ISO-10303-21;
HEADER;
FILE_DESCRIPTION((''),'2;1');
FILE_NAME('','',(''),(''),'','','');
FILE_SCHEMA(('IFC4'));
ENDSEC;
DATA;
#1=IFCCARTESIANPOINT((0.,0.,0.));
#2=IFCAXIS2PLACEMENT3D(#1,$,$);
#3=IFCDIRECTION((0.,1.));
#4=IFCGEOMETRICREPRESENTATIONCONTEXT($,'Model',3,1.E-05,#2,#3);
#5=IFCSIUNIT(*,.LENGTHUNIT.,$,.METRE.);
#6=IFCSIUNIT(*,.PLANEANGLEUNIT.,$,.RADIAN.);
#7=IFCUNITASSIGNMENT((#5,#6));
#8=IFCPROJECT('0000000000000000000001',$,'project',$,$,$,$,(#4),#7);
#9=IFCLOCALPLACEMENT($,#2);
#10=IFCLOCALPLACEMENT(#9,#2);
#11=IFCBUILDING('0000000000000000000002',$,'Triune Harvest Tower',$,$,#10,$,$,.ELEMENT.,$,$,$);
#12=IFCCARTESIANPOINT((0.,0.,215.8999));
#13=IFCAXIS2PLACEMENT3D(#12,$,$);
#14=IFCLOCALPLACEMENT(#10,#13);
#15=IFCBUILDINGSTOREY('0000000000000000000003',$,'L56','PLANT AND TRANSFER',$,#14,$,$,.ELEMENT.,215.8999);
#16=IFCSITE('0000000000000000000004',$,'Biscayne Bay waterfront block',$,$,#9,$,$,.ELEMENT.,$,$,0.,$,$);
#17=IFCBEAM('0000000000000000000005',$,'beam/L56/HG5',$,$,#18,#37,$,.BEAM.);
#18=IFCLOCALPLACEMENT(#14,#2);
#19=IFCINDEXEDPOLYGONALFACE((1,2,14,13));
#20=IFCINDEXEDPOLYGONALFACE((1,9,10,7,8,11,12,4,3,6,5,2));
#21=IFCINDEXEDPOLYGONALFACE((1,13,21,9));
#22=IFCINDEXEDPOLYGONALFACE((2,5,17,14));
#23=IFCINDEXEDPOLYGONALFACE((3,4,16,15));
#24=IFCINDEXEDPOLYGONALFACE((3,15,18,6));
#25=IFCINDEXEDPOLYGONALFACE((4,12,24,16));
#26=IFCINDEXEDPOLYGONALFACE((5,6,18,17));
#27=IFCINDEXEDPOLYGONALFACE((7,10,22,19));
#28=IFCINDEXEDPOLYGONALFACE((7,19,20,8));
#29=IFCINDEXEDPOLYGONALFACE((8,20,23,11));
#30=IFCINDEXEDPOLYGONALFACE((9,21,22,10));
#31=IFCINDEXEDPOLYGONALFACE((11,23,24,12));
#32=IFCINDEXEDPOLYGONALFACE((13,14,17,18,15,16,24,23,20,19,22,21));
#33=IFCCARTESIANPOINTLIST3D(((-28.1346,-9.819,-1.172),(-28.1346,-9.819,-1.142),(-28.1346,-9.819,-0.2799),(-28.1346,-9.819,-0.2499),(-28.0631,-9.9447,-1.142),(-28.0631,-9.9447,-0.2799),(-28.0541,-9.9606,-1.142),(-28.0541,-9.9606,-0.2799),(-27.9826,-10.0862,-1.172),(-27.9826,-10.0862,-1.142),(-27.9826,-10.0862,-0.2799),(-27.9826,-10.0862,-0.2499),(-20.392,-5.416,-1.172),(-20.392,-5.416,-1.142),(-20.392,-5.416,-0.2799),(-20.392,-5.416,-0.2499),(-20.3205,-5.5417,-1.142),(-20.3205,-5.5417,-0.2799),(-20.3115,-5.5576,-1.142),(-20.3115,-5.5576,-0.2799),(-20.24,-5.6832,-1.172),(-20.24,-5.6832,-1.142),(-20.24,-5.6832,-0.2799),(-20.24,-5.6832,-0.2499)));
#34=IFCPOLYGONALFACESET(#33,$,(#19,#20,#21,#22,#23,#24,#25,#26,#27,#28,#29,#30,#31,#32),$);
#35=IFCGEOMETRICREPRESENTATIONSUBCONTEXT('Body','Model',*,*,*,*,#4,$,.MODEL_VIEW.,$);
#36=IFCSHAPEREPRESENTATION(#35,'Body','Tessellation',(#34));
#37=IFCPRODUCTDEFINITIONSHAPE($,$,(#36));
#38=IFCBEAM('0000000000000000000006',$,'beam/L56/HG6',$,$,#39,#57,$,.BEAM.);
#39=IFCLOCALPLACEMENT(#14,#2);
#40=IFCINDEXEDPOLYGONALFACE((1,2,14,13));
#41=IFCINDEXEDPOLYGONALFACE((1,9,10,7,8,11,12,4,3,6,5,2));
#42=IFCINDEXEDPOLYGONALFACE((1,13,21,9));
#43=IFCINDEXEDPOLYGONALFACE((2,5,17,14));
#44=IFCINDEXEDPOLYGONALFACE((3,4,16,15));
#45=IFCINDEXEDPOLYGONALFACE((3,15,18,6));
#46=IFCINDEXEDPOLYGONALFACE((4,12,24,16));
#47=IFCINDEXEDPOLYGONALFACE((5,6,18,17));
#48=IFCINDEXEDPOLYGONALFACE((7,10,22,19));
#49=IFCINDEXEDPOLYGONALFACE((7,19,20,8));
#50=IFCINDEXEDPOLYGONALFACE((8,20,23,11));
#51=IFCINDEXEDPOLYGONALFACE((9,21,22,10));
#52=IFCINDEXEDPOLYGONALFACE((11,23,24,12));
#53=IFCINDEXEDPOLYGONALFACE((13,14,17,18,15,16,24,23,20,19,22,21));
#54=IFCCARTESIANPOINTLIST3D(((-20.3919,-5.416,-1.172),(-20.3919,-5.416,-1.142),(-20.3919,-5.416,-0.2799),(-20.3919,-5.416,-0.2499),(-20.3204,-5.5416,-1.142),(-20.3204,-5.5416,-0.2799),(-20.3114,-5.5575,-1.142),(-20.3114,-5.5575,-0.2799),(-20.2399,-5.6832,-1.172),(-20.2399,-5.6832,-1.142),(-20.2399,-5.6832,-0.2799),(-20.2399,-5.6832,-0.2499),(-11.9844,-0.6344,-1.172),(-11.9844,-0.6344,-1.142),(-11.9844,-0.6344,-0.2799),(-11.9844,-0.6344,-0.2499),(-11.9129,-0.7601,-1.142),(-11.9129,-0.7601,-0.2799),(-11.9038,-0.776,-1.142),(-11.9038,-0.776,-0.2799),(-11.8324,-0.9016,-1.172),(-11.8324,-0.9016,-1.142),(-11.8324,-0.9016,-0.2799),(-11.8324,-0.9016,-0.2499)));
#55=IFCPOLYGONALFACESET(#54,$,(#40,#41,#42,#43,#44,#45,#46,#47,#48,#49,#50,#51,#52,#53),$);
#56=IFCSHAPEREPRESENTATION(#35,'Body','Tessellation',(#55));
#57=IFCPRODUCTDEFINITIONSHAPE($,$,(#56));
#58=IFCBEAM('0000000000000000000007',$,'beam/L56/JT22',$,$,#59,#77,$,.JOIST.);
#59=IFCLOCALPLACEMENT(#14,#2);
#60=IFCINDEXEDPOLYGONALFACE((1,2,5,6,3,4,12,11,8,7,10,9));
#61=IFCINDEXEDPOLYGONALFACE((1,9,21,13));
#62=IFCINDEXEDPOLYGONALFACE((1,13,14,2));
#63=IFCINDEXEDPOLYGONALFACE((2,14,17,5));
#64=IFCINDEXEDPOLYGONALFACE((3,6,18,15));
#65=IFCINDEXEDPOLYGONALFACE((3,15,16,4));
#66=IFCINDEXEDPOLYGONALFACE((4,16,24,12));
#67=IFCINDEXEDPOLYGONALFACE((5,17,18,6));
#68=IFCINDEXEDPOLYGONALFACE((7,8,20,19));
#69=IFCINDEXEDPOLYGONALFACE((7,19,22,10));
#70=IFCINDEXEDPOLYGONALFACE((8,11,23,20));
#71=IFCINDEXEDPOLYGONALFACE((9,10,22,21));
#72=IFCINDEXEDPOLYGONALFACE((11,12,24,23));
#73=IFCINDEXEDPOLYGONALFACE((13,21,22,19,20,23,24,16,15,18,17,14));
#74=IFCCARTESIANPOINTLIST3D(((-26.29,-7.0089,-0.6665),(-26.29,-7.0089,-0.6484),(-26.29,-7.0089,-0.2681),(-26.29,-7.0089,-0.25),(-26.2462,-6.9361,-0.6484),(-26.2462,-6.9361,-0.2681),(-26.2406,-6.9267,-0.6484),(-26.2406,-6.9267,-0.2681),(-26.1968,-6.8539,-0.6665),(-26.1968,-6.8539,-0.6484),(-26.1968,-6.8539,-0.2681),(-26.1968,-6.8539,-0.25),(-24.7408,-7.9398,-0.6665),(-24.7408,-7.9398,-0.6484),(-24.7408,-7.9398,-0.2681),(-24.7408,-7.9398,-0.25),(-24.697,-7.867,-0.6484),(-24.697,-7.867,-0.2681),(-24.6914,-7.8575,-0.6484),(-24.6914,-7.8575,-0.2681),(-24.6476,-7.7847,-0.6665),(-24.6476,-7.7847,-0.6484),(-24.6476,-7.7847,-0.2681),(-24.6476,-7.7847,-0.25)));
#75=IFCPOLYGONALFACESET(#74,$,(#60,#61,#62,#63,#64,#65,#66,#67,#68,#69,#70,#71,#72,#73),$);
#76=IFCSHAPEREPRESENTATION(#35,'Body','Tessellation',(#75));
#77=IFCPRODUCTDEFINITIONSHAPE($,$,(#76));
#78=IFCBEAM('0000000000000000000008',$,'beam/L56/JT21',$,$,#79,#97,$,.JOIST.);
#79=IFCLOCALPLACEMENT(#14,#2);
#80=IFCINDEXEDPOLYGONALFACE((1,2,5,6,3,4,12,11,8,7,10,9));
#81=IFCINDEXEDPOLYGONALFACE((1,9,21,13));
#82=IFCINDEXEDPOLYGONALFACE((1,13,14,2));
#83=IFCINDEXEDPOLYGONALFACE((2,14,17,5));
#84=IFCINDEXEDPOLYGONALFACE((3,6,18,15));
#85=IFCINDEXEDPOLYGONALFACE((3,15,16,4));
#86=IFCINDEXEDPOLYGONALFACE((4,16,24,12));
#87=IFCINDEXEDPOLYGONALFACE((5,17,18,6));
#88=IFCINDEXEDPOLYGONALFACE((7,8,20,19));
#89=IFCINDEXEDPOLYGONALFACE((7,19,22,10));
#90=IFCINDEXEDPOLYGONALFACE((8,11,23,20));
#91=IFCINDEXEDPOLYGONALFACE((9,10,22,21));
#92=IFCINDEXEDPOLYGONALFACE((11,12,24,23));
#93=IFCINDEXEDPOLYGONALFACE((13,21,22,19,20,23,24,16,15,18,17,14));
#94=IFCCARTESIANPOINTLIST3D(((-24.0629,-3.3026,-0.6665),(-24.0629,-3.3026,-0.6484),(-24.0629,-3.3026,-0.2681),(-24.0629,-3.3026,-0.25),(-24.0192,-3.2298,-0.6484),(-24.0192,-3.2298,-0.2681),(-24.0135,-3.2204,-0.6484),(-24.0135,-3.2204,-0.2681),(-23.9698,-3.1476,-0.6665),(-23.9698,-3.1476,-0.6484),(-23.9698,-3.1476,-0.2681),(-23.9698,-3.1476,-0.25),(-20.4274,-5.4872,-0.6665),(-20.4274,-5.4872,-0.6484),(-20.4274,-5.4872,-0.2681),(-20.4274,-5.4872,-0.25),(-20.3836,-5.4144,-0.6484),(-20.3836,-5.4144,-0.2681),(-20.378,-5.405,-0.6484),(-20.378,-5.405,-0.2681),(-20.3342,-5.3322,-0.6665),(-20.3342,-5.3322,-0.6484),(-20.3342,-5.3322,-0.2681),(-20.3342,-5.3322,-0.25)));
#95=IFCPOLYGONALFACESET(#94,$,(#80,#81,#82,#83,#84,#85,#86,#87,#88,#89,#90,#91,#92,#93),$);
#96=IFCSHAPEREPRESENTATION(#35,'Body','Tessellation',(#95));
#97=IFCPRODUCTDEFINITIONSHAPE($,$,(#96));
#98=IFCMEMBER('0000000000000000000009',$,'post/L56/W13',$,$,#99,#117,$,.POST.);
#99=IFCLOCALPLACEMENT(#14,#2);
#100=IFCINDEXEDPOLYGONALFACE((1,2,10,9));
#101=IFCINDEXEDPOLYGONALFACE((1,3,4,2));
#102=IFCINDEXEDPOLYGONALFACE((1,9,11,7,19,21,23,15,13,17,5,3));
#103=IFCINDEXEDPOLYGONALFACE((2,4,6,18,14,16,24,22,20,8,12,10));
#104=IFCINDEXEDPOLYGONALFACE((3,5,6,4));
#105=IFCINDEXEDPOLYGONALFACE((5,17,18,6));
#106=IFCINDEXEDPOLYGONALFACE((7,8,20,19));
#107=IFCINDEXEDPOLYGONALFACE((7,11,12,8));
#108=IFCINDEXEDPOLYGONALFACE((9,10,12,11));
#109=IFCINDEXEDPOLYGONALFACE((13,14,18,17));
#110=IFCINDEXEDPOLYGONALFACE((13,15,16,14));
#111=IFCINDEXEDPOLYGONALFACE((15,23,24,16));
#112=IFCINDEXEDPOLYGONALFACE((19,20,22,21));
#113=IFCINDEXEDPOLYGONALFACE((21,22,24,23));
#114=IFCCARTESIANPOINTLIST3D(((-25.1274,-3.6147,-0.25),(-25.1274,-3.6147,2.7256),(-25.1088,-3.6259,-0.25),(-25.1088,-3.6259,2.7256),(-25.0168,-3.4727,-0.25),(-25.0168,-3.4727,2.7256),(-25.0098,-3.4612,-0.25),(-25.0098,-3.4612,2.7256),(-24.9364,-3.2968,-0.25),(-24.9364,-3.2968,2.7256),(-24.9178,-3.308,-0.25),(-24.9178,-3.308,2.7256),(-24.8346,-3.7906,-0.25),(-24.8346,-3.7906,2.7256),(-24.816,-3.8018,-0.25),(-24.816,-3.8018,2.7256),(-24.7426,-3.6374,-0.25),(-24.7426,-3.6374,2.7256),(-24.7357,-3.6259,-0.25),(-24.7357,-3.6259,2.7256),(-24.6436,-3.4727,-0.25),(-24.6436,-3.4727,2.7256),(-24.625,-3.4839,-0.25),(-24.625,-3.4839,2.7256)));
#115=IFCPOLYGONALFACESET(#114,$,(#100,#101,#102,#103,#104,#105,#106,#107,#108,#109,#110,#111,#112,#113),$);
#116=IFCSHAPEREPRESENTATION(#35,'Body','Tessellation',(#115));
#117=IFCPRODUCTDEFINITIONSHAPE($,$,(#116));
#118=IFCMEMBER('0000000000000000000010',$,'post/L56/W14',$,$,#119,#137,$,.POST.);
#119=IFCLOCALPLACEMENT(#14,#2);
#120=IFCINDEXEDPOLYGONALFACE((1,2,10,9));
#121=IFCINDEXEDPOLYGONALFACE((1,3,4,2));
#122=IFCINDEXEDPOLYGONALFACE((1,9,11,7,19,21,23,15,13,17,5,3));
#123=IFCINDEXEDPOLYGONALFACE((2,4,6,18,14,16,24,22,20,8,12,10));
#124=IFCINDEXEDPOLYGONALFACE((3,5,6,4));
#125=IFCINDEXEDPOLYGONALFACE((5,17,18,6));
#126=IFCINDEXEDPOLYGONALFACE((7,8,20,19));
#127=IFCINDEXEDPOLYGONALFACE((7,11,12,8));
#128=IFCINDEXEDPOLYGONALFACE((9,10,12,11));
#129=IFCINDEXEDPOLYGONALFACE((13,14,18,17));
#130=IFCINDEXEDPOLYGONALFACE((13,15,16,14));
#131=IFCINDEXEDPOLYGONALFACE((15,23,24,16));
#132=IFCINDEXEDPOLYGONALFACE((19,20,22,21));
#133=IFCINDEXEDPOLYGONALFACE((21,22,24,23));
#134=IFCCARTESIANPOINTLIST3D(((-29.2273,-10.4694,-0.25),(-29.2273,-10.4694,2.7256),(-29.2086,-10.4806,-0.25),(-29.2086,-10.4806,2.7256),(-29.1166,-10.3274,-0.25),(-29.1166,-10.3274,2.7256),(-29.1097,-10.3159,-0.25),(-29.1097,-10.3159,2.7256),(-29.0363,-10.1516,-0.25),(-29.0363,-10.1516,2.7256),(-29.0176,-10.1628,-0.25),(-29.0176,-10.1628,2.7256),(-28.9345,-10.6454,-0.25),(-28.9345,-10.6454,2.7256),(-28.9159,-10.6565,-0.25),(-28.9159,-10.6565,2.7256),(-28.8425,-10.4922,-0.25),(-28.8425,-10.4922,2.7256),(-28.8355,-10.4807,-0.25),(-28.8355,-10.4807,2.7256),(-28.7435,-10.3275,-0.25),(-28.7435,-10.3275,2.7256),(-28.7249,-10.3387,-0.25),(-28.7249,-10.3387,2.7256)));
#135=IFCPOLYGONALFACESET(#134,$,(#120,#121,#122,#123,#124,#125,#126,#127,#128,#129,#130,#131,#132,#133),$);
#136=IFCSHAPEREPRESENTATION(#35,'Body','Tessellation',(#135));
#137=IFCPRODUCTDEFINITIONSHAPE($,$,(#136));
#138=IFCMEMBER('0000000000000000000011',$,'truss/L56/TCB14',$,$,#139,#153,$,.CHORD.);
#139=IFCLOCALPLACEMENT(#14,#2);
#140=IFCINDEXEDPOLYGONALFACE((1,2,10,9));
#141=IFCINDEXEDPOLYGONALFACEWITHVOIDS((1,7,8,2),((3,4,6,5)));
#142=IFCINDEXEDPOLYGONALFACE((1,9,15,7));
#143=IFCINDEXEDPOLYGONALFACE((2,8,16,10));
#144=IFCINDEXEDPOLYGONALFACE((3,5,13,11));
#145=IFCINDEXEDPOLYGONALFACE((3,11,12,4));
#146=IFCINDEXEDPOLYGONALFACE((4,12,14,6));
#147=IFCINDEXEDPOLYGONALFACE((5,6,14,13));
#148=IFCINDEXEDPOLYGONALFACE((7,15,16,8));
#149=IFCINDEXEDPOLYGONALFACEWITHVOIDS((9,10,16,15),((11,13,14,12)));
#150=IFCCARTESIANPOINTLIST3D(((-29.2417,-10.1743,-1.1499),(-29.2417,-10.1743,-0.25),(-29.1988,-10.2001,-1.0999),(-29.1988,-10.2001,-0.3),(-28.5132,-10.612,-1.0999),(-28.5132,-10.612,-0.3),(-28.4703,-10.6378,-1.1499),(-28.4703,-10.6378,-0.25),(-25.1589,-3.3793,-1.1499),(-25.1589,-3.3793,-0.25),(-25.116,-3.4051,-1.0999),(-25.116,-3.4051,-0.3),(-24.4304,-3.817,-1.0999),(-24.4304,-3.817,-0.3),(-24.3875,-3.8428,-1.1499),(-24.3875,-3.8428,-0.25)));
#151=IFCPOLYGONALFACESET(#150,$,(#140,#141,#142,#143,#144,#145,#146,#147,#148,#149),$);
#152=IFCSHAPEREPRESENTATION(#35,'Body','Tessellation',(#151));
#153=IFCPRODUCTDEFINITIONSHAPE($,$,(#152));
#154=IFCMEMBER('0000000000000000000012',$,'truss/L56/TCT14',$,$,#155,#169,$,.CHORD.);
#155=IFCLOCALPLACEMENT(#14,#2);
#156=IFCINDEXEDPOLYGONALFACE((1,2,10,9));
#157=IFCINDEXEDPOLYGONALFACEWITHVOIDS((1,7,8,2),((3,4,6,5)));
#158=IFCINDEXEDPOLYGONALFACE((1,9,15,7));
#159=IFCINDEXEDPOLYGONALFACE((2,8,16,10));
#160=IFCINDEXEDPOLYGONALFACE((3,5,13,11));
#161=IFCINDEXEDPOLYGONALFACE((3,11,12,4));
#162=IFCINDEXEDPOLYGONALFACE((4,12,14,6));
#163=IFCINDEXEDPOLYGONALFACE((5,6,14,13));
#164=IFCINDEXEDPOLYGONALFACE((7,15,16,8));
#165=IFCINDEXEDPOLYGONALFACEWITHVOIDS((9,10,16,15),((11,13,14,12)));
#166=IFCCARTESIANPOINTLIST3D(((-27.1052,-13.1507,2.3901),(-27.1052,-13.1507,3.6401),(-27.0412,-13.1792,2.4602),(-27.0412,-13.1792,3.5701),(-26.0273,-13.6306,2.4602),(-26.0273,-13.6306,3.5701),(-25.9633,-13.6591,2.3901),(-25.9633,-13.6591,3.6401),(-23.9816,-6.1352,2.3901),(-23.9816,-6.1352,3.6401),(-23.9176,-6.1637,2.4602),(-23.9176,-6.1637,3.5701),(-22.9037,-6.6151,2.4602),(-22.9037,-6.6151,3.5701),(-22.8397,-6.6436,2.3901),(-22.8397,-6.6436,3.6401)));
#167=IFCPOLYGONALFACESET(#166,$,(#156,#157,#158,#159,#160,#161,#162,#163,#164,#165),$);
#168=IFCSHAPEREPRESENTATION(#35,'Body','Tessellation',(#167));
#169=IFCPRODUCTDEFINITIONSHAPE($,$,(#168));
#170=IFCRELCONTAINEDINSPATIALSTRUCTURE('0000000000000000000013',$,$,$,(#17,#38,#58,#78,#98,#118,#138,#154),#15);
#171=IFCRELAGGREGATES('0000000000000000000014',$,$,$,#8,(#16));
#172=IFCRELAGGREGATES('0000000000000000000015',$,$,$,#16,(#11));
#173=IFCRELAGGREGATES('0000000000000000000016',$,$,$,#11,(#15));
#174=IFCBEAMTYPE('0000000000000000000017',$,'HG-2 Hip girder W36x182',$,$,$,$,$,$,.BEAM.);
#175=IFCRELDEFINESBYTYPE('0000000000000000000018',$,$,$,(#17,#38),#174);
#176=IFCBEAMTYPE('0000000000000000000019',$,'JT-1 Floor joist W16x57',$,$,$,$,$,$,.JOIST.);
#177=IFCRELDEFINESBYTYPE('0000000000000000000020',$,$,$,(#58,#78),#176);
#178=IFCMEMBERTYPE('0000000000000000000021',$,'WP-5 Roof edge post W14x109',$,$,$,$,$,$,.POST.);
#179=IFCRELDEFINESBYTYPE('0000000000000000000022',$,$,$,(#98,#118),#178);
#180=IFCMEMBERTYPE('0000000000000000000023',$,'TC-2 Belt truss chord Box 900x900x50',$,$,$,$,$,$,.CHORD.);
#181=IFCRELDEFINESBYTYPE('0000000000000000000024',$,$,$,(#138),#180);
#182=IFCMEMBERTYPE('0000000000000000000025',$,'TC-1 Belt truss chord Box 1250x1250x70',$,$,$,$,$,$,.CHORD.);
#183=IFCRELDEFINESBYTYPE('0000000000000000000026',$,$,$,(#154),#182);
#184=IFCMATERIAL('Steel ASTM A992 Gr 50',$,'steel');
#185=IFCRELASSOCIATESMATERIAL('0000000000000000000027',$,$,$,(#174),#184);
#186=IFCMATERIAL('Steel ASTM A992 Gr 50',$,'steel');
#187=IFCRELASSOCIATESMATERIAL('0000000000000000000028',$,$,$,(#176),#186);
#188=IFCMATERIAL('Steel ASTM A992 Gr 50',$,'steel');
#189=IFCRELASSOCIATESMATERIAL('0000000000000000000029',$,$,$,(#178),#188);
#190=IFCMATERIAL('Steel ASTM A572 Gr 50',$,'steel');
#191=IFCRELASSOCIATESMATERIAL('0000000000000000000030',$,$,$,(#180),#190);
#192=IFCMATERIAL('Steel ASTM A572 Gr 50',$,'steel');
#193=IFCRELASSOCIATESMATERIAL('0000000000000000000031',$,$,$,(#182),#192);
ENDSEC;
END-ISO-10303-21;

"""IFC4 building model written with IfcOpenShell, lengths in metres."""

from ifc_helpers import new_model, si_unit, direction, frame, origin, origin_2d, place, context, subcontext, project, spatial, hollow_rectangle, i_section, extrude, source, transform, mapped, material, material_profile, profile_set, type_object, element, save


model = new_model("IFC4")

# Units and contexts
model_context = context("Model", 3, precision=1e-05, world=origin(), true_north=direction((0.0, 1.0)))
body_context = subcontext(model_context, "Body", "Model", "MODEL_VIEW")
ifc_project = project(units=[si_unit("LENGTHUNIT", "METRE"), si_unit("PLANEANGLEUNIT", "RADIAN")], contexts=[model_context])

# Site, building, storey
site_placement = place(None, origin())
site = spatial("IfcSite", under=ifc_project, at=site_placement, Name="Biscayne Bay waterfront block", CompositionType="ELEMENT", RefElevation=0.0)
building_placement = place(site_placement, origin())
building = spatial("IfcBuilding", under=site, at=building_placement, Name="Triune Harvest Tower", CompositionType="ELEMENT")
storey_placement = place(building_placement, frame((0.0, 0.0, 215.8999)))
storey = spatial("IfcBuildingStorey", under=building, at=storey_placement, Name="L56", Description="PLANT AND TRANSFER", CompositionType="ELEMENT", Elevation=215.8999)

# Beams
ifc_material_1 = material(Name="Steel ASTM A992 Gr 50", Category="steel")
ifc_material_profile_1 = material_profile(ifc_material_1, i_section(OverallWidth=0.3074, OverallDepth=0.9221, WebThickness=0.0183, FlangeThickness=0.03, at=origin_2d()), Name="W36x182")
ifc_profile_set_1 = profile_set([ifc_material_profile_1], Name="Steel ASTM A992 Gr 50")
beam_type_1 = type_object("IfcBeamType", Name="HG-2 Hip girder W36x182", PredefinedType="BEAM", material=ifc_profile_set_1)
beam_1_placement = place(storey_placement, frame((-28.0586, -9.9526, -0.7109), z_axis=(0.869272, 0.494334, 0.0), x_axis=(-0.494334, 0.869272, 0.0)))
element("IfcBeam", 1, at=beam_1_placement, inside=storey, type_object=beam_type_1, Name="beam/L56/HG5", PredefinedType="BEAM", context=body_context, shape_type="SweptSolid", body=[
    extrude(i_section(OverallWidth=0.3074, OverallDepth=0.9221, WebThickness=0.0183, FlangeThickness=0.03, at=origin_2d()), origin(), (0.0, 0.0, 1.0), 8.907),
])
shared_shape_1 = source(origin(), body_context, "Body", "SweptSolid", [
    extrude(i_section(OverallWidth=0.3074, OverallDepth=0.9221, WebThickness=0.0183, FlangeThickness=0.03, at=origin_2d()), origin(), (0.0, 0.0, 1.0), 9.6721),
])
beam_2_placement = place(storey_placement, frame((-20.3159, -5.5496, -0.7109), z_axis=(0.869256, 0.494363, 0.0), x_axis=(-0.494363, 0.869256, 0.0)))
element("IfcBeam", 2, at=beam_2_placement, inside=storey, type_object=beam_type_1, Name="beam/L56/HG6", PredefinedType="BEAM", context=body_context, shape_type="MappedRepresentation", body=[
    mapped(shared_shape_1, transform((0.0, 0.0, 0.0), scale=1.0)),
])
ifc_material_2 = material(Name="Steel ASTM A992 Gr 50", Category="steel")
ifc_material_profile_2 = material_profile(ifc_material_2, i_section(OverallWidth=0.1809, OverallDepth=0.4165, WebThickness=0.011, FlangeThickness=0.0181, at=origin_2d()), Name="W16x57")
ifc_profile_set_2 = profile_set([ifc_material_profile_2], Name="Steel ASTM A992 Gr 50")
beam_type_2 = type_object("IfcBeamType", Name="JT-1 Floor joist W16x57", PredefinedType="JOIST", material=ifc_profile_set_2)
shared_shape_2 = source(origin(), body_context, "Body", "SweptSolid", [
    extrude(i_section(OverallWidth=0.1809, OverallDepth=0.4165, WebThickness=0.011, FlangeThickness=0.0181, at=origin_2d()), origin(), (0.0, 0.0, 1.0), 1.8074),
])
beam_3_placement = place(storey_placement, frame((-26.2434, -6.9314, -0.4583), z_axis=(0.857171, -0.515032, 0.0), x_axis=(0.515032, 0.857171, 0.0)))
element("IfcBeam", 3, at=beam_3_placement, inside=storey, type_object=beam_type_2, Name="beam/L56/JT22", PredefinedType="JOIST", context=body_context, shape_type="MappedRepresentation", body=[
    mapped(shared_shape_2, transform((0.0, 0.0, 0.0), scale=1.0)),
])
shared_shape_3 = source(origin(), body_context, "Body", "SweptSolid", [
    extrude(i_section(OverallWidth=0.1809, OverallDepth=0.4165, WebThickness=0.011, FlangeThickness=0.0181, at=origin_2d()), origin(), (0.0, 0.0, 1.0), 4.2415),
])
beam_4_placement = place(storey_placement, frame((-24.0164, -3.2251, -0.4583), z_axis=(0.857152, -0.515063, 0.0), x_axis=(0.515063, 0.857152, 0.0)))
element("IfcBeam", 4, at=beam_4_placement, inside=storey, type_object=beam_type_2, Name="beam/L56/JT21", PredefinedType="JOIST", context=body_context, shape_type="MappedRepresentation", body=[
    mapped(shared_shape_3, transform((0.0, 0.0, 0.0), scale=1.0)),
])

# Members
ifc_material_3 = material(Name="Steel ASTM A992 Gr 50", Category="steel")
ifc_material_profile_3 = material_profile(ifc_material_3, i_section(OverallWidth=0.3708, OverallDepth=0.3633, WebThickness=0.0134, FlangeThickness=0.0217, at=origin_2d()), Name="W14x109")
ifc_profile_set_3 = profile_set([ifc_material_profile_3], Name="Steel ASTM A992 Gr 50")
member_type_1 = type_object("IfcMemberType", Name="WP-5 Roof edge post W14x109", PredefinedType="POST", material=ifc_profile_set_3)
shared_shape_4 = source(origin(), body_context, "Body", "SweptSolid", [
    extrude(i_section(OverallWidth=0.3708, OverallDepth=0.3633, WebThickness=0.0134, FlangeThickness=0.0217, at=origin_2d()), origin(), (0.0, 0.0, 1.0), 2.9756),
])
for number, where, z_axis, x_axis, name in (
    (5, (-24.8762, -3.5493, -0.25), (0.0, 0.0, 1.0), (-0.515037, -0.857168, 0.0), "post/L56/W13"),
    (6, (-28.9761, -10.4041, -0.25), (0.0, 0.0, 1.0), (-0.515037, -0.857168, 0.0), "post/L56/W14"),
):
    element("IfcMember", number, at=place(storey_placement, frame(where, z_axis=z_axis, x_axis=x_axis)), inside=storey, type_object=member_type_1, Name=name, PredefinedType="POST", context=body_context, shape_type="MappedRepresentation", body=[
        mapped(shared_shape_4, transform((0.0, 0.0, 0.0), scale=1.0)),
    ])
ifc_material_4 = material(Name="Steel ASTM A572 Gr 50", Category="steel")
ifc_material_profile_4 = material_profile(ifc_material_4, hollow_rectangle(XDim=0.8999, YDim=0.8999, WallThickness=0.05, at=origin_2d()), Name="Box 900x900x50")
ifc_profile_set_4 = profile_set([ifc_material_profile_4], Name="Steel ASTM A572 Gr 50")
member_type_2 = type_object("IfcMemberType", Name="TC-2 Belt truss chord Box 900x900x50", PredefinedType="CHORD", material=ifc_profile_set_4)
shared_shape_5 = source(origin(), body_context, "Body", "SweptSolid", [
    extrude(hollow_rectangle(XDim=0.8999, YDim=0.8999, WallThickness=0.05, at=origin_2d()), origin(), (0.0, 0.0, 1.0), 7.9272),
])
member_1_placement = place(storey_placement, frame((-24.7732, -3.6111, -0.7), z_axis=(-0.515035, -0.857169, 0.0), x_axis=(0.857169, -0.515035, 0.0)))
element("IfcMember", 7, at=member_1_placement, inside=storey, type_object=member_type_2, Name="truss/L56/TCB14", PredefinedType="CHORD", context=body_context, shape_type="MappedRepresentation", body=[
    mapped(shared_shape_5, transform((0.0, 0.0, 0.0), scale=1.0)),
])
ifc_material_5 = material(Name="Steel ASTM A572 Gr 50", Category="steel")
ifc_material_profile_5 = material_profile(ifc_material_5, hollow_rectangle(XDim=1.25, YDim=1.25, WallThickness=0.0701, at=origin_2d()), Name="Box 1250x1250x70")
ifc_profile_set_5 = profile_set([ifc_material_profile_5], Name="Steel ASTM A572 Gr 50")
member_type_3 = type_object("IfcMemberType", Name="TC-1 Belt truss chord Box 1250x1250x70", PredefinedType="CHORD", material=ifc_profile_set_5)
shared_shape_6 = source(origin(), body_context, "Body", "SweptSolid", [
    extrude(hollow_rectangle(XDim=1.25, YDim=1.25, WallThickness=0.0701, at=origin_2d()), origin(), (0.0, 0.0, 1.0), 7.6794),
])
member_2_placement = place(storey_placement, frame((-23.4106, -6.3894, 3.0151), z_axis=(-0.406746, -0.913541, 0.0), x_axis=(0.913541, -0.406746, 0.0)))
element("IfcMember", 8, at=member_2_placement, inside=storey, type_object=member_type_3, Name="truss/L56/TCT14", PredefinedType="CHORD", context=body_context, shape_type="MappedRepresentation", body=[
    mapped(shared_shape_6, transform((0.0, 0.0, 0.0), scale=1.0)),
])

save(model, "model.ifc")
